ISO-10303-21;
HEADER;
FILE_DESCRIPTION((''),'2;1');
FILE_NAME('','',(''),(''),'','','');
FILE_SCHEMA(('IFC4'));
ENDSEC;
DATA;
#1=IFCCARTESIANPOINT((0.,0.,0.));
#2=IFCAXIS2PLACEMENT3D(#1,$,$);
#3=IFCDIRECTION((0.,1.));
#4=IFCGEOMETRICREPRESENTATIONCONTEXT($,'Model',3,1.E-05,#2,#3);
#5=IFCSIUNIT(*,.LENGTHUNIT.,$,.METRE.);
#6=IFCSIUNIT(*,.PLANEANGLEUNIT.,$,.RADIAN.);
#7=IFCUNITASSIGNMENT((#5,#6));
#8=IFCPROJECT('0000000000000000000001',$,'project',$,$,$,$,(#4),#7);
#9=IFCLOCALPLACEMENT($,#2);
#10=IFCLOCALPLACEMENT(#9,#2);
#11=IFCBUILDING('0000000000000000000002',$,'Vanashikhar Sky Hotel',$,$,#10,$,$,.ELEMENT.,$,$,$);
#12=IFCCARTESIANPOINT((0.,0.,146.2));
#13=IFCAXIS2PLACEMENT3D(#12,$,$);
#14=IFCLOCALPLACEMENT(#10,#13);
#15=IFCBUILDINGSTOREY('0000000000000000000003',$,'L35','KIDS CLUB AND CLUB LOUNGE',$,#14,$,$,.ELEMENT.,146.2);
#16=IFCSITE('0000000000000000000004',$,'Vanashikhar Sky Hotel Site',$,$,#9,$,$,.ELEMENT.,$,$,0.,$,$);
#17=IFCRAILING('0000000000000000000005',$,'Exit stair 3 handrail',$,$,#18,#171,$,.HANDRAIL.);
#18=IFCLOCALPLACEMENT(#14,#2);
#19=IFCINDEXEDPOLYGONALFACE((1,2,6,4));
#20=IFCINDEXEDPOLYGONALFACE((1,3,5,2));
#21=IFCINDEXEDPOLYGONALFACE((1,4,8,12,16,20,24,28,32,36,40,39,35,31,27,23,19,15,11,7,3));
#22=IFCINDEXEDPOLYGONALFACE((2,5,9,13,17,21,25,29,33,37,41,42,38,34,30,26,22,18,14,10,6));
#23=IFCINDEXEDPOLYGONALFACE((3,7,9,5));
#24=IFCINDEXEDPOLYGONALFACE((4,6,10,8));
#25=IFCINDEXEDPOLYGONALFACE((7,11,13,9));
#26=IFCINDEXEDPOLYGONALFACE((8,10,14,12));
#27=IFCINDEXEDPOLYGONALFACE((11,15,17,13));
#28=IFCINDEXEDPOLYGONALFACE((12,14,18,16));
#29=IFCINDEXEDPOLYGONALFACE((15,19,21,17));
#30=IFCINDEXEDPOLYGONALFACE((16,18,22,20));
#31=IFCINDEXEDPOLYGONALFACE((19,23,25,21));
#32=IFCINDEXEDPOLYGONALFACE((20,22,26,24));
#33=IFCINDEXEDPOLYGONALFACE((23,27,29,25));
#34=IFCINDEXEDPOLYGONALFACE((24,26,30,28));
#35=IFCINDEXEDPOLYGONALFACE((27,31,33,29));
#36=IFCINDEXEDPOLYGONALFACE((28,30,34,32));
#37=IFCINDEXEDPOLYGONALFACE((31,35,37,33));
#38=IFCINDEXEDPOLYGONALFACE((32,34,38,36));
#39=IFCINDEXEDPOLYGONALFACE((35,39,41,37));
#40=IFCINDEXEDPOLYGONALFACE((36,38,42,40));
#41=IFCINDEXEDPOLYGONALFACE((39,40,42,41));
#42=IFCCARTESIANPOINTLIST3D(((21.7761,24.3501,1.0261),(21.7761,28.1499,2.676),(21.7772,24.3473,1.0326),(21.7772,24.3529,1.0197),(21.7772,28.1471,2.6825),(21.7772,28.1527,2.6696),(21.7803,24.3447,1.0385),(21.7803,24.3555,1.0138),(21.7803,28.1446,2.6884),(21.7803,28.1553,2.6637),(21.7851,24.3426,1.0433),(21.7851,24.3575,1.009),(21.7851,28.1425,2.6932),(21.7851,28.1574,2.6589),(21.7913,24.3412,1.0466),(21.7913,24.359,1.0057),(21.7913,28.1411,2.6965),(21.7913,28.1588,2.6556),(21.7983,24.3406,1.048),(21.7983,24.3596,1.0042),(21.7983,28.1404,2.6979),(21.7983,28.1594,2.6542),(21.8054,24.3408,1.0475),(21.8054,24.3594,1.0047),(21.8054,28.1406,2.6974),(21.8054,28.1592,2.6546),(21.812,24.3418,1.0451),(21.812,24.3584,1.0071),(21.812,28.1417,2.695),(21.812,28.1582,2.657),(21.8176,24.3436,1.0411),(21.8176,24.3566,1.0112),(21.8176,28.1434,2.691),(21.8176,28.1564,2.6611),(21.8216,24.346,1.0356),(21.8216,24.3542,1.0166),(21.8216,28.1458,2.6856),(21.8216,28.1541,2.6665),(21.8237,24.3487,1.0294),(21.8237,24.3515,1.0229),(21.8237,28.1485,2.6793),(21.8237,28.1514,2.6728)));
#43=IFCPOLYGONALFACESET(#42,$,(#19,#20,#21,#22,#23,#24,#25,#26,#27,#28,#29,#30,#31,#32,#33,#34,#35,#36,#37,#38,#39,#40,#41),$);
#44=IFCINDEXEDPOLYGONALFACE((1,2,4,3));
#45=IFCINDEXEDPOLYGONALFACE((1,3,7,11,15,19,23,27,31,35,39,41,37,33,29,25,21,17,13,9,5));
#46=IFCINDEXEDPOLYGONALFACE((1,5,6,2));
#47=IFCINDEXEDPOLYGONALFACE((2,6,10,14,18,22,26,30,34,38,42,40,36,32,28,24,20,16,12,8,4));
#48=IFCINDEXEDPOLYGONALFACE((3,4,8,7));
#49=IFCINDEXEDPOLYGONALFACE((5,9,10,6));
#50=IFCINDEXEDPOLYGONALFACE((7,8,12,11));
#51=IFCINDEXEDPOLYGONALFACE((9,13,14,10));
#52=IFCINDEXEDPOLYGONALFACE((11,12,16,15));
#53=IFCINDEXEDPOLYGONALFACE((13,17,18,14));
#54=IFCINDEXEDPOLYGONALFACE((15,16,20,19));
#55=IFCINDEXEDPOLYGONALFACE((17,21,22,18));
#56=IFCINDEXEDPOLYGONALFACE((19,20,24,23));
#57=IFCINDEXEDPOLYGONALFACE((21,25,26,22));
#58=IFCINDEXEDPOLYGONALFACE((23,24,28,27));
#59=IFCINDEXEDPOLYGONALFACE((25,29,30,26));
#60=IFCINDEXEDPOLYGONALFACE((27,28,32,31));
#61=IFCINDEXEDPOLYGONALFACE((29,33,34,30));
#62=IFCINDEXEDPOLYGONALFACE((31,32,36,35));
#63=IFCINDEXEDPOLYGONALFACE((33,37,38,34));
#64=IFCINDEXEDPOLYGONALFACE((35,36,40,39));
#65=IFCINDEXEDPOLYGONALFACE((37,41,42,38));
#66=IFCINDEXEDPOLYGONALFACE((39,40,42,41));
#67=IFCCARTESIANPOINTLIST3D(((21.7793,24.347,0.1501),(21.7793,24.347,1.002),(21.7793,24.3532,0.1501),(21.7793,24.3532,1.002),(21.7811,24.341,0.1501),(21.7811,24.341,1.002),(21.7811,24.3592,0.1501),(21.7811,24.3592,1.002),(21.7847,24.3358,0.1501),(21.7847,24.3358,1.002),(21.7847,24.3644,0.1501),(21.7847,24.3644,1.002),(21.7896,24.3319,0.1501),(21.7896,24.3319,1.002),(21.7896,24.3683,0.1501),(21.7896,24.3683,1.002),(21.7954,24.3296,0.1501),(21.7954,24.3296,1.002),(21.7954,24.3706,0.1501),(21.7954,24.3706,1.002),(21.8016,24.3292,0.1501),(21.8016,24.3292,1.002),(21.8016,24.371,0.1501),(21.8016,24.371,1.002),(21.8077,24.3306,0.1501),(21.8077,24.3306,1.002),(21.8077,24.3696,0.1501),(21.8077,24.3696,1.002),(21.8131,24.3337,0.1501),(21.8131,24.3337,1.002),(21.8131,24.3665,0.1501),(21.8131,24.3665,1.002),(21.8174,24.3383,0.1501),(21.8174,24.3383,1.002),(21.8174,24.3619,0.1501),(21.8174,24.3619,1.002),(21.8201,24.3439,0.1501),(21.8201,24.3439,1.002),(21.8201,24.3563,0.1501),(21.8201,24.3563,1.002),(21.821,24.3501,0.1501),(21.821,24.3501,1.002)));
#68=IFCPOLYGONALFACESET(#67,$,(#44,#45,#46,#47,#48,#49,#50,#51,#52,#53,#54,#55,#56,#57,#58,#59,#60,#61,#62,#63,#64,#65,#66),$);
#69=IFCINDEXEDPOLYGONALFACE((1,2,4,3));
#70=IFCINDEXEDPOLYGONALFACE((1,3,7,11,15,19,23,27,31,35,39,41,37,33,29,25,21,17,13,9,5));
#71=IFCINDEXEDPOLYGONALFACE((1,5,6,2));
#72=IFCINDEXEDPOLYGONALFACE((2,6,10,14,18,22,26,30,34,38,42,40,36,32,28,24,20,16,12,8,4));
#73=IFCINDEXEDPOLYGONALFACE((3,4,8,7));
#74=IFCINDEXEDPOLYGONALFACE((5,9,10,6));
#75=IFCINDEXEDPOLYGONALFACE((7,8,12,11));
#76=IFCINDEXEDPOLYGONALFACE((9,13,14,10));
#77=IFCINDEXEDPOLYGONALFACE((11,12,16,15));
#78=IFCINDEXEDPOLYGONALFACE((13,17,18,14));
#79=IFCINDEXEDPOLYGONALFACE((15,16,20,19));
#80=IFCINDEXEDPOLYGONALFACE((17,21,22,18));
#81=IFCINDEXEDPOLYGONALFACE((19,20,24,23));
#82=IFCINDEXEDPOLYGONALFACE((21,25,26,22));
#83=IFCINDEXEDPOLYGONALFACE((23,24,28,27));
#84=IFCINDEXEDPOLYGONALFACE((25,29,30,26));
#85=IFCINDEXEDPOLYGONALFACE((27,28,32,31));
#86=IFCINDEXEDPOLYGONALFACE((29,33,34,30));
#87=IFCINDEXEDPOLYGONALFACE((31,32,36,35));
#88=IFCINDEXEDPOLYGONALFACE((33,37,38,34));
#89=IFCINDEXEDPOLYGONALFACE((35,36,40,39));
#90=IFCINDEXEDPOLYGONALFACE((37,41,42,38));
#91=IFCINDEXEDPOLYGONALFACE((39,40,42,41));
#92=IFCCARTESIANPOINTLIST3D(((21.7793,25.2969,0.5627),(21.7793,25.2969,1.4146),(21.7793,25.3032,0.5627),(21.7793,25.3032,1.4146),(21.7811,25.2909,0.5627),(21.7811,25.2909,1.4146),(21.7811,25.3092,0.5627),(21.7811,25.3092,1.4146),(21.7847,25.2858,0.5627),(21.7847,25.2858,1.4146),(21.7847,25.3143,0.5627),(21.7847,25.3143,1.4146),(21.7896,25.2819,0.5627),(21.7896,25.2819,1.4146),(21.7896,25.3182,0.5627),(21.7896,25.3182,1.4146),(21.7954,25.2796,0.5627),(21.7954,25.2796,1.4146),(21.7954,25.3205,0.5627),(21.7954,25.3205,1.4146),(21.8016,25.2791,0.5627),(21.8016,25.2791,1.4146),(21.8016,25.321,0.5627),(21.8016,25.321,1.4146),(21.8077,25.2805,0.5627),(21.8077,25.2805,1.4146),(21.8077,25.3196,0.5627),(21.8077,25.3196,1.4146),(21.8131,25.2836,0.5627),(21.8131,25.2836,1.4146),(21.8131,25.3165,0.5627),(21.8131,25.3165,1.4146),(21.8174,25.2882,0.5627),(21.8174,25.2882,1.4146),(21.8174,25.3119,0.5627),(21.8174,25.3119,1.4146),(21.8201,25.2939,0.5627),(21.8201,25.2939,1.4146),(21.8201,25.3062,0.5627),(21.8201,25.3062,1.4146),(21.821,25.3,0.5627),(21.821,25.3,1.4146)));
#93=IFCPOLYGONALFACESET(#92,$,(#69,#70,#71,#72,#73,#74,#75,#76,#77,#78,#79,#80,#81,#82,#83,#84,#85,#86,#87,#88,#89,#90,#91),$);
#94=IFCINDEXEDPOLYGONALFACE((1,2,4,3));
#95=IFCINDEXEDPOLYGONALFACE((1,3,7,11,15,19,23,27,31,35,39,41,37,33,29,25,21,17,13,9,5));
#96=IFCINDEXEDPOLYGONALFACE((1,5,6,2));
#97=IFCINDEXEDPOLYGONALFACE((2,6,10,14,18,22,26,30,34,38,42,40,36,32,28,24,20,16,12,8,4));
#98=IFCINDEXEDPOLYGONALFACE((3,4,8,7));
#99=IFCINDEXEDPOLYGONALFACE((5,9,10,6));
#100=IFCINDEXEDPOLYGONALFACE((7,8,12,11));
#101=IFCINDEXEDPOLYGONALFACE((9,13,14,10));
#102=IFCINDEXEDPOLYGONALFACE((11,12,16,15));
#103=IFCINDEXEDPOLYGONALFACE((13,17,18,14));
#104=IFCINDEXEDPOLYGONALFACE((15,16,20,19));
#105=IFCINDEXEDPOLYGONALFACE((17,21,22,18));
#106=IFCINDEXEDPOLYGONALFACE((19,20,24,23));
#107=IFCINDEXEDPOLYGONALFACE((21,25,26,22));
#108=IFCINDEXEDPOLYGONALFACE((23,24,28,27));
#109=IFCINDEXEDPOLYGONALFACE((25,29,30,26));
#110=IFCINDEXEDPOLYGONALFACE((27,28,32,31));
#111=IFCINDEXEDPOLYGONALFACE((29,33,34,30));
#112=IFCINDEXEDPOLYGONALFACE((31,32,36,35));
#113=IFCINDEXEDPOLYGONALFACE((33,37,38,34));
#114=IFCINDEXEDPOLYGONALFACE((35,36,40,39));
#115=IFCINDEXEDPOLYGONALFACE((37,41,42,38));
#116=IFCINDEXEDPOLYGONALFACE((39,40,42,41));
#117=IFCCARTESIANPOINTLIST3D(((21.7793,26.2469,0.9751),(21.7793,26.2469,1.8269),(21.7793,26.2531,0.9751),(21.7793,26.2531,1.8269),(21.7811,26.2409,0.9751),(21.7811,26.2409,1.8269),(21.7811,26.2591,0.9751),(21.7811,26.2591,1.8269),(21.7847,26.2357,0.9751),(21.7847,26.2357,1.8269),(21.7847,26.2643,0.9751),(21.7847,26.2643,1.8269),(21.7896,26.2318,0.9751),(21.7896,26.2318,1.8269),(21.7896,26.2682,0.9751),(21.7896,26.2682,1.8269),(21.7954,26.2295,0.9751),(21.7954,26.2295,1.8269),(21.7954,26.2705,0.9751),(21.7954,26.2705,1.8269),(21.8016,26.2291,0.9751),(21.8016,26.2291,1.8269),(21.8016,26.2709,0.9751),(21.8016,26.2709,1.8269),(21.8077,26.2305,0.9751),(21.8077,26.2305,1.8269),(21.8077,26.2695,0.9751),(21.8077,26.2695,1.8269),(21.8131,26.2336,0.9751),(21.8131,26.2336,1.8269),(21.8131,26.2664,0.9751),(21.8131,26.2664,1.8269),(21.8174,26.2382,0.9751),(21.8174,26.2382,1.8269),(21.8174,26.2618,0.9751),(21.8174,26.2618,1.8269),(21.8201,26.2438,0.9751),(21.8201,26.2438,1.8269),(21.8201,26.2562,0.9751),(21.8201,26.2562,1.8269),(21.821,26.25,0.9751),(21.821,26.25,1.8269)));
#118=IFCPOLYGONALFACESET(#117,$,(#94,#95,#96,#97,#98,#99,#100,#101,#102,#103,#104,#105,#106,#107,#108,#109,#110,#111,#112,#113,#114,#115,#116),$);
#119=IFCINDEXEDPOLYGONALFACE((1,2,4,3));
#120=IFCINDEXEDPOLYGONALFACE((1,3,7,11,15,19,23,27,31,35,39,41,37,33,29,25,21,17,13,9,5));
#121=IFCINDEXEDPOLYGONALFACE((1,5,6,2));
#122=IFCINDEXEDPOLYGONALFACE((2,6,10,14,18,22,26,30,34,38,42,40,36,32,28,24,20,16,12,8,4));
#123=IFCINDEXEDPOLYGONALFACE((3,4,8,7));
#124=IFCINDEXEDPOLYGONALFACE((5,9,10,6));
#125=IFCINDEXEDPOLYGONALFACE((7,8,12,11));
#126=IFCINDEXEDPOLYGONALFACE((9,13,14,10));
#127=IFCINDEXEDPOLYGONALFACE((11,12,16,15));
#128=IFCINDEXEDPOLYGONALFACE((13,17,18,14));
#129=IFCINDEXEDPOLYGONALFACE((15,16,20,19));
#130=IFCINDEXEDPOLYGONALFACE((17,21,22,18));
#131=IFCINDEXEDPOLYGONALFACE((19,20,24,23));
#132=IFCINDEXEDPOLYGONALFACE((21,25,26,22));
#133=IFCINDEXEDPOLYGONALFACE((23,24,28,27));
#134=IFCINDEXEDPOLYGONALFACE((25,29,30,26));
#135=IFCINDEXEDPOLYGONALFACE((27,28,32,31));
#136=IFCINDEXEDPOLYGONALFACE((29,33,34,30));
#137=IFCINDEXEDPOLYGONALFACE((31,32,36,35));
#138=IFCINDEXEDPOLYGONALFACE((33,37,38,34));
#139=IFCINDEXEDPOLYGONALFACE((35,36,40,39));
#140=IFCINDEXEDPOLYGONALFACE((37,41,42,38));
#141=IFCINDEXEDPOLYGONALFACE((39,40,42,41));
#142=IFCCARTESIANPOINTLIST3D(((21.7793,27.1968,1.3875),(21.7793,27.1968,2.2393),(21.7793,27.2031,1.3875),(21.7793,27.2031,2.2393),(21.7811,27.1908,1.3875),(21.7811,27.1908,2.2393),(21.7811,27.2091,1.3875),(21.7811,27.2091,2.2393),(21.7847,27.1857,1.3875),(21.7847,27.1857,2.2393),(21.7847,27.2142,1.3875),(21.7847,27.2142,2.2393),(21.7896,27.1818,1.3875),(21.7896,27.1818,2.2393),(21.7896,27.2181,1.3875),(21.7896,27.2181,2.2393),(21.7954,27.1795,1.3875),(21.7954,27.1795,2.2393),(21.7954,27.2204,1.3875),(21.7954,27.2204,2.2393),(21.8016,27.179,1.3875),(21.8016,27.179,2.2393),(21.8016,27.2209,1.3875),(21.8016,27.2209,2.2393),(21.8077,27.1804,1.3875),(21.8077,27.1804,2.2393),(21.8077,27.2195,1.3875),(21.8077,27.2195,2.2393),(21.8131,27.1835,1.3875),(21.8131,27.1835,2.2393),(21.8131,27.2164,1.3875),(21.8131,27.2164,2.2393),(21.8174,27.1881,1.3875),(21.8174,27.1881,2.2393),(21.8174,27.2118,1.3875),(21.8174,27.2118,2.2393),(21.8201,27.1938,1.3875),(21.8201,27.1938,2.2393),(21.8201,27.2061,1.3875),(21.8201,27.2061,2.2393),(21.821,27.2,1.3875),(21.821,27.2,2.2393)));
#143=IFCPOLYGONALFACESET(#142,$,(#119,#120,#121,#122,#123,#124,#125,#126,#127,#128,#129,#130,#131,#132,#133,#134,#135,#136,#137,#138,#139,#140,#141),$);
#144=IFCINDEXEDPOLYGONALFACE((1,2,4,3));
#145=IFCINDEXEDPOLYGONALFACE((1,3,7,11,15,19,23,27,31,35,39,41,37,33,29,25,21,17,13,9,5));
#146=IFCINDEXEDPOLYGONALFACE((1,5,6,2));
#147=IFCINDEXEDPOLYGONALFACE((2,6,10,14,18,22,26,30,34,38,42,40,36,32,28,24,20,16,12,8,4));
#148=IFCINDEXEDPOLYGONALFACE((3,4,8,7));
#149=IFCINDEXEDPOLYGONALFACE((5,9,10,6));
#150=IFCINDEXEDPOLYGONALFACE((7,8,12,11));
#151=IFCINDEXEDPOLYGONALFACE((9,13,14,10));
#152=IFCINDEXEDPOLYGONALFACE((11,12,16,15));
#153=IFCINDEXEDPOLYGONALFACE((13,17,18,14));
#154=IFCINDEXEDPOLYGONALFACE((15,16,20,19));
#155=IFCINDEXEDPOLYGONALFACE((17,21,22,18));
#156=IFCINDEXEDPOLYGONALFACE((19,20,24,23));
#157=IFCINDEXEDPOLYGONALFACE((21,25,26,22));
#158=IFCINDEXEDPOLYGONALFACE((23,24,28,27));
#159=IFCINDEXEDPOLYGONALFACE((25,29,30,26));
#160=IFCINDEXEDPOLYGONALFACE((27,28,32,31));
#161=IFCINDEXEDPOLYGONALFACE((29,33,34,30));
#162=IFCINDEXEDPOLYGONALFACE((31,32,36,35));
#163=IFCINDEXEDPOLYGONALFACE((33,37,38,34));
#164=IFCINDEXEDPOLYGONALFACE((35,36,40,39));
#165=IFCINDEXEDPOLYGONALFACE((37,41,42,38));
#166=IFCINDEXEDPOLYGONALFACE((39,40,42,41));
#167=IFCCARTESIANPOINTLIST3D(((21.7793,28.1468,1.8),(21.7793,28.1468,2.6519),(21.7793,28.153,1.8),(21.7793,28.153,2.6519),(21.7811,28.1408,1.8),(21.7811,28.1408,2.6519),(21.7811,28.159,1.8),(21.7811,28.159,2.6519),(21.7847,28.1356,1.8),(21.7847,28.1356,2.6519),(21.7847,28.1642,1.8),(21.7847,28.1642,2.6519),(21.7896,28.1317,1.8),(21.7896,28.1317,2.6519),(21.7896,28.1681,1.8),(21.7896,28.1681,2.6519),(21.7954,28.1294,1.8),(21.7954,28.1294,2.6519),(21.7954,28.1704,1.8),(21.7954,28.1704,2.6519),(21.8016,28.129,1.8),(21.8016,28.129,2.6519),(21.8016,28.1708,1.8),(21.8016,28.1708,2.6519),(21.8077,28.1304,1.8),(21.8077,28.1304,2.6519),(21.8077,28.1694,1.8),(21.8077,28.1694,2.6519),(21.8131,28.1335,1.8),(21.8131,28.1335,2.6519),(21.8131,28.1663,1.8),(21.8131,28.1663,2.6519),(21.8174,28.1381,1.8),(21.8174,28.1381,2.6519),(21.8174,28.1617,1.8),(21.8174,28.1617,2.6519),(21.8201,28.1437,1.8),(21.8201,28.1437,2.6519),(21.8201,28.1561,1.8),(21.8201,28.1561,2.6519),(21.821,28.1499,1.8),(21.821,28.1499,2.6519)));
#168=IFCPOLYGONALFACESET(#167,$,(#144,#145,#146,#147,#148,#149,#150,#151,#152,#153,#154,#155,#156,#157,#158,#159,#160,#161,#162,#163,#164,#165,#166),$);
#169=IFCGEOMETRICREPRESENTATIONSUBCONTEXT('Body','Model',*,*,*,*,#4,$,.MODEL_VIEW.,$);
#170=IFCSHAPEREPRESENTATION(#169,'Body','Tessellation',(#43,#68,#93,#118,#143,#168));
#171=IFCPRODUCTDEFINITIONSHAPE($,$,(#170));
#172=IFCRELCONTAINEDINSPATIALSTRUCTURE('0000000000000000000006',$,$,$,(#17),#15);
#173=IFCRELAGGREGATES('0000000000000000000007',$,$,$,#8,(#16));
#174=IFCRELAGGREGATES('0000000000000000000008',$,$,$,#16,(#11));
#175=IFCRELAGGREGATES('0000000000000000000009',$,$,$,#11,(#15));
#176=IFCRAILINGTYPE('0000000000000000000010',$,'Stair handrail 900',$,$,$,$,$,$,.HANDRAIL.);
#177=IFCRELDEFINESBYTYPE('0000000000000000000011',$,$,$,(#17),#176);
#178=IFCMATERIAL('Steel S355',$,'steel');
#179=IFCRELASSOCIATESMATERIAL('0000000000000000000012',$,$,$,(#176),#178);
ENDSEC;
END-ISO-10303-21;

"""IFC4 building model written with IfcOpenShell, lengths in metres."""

from ifc_helpers import new_model, si_unit, direction, frame, origin, origin_2d, place, context, subcontext, project, spatial, circle, extrude, source, transform, mapped, material, type_object, element, save


model = new_model("IFC4")

# Units and contexts
model_context = context("Model", 3, precision=1e-05, world=origin(), true_north=direction((0.0, 1.0)))
body_context = subcontext(model_context, "Body", "Model", "MODEL_VIEW")
ifc_project = project(units=[si_unit("LENGTHUNIT", "METRE"), si_unit("PLANEANGLEUNIT", "RADIAN")], contexts=[model_context])

# Site, building, storey
site_placement = place(None, origin())
site = spatial("IfcSite", under=ifc_project, at=site_placement, Name="Vanashikhar Sky Hotel Site", CompositionType="ELEMENT", RefElevation=0.0)
building_placement = place(site_placement, origin())
building = spatial("IfcBuilding", under=site, at=building_placement, Name="Vanashikhar Sky Hotel", CompositionType="ELEMENT")
storey_placement = place(building_placement, frame((0.0, 0.0, 146.2)))
storey = spatial("IfcBuildingStorey", under=building, at=storey_placement, Name="L35", Description="KIDS CLUB AND CLUB LOUNGE", CompositionType="ELEMENT", Elevation=146.2)

# Railing
ifc_material_1 = material(Name="Steel S355", Category="steel")
railing_type_1 = type_object("IfcRailingType", Name="Stair handrail 900", PredefinedType="HANDRAIL", material=ifc_material_1)
shared_shape_1 = source(origin(), body_context, "Body", "SweptSolid", [
    extrude(circle(Radius=0.0239, at=origin_2d()), frame((0.0, 0.0, 0.876), z_axis=(0.0, 0.917263, 0.398282), x_axis=(-1.0, 0.0, 0.0)), (0.0, 0.0, 1.0), 4.1426),
    extrude(circle(Radius=0.021, at=origin_2d()), origin(), (0.0, 0.0, 1.0), 0.8518),
    extrude(circle(Radius=0.021, at=origin_2d()), frame((0.0, 0.95, 0.4126)), (0.0, 0.0, 1.0), 0.8518),
    extrude(circle(Radius=0.021, at=origin_2d()), frame((0.0, 1.8999, 0.825)), (0.0, 0.0, 1.0), 0.8518),
    extrude(circle(Radius=0.021, at=origin_2d()), frame((0.0, 2.8499, 1.2373)), (0.0, 0.0, 1.0), 0.8518),
    extrude(circle(Radius=0.021, at=origin_2d()), frame((0.0, 3.7998, 1.6499)), (0.0, 0.0, 1.0), 0.8518),
])
railing_1_placement = place(storey_placement, frame((21.8, 24.3501, 0.1501)))
element("IfcRailing", 1, at=railing_1_placement, inside=storey, type_object=railing_type_1, Name="Exit stair 3 handrail", PredefinedType="HANDRAIL", context=body_context, shape_type="MappedRepresentation", body=[
    mapped(shared_shape_1, transform((0.0, 0.0, 0.0), scale=1.0)),
])

save(model, "model.ifc")
